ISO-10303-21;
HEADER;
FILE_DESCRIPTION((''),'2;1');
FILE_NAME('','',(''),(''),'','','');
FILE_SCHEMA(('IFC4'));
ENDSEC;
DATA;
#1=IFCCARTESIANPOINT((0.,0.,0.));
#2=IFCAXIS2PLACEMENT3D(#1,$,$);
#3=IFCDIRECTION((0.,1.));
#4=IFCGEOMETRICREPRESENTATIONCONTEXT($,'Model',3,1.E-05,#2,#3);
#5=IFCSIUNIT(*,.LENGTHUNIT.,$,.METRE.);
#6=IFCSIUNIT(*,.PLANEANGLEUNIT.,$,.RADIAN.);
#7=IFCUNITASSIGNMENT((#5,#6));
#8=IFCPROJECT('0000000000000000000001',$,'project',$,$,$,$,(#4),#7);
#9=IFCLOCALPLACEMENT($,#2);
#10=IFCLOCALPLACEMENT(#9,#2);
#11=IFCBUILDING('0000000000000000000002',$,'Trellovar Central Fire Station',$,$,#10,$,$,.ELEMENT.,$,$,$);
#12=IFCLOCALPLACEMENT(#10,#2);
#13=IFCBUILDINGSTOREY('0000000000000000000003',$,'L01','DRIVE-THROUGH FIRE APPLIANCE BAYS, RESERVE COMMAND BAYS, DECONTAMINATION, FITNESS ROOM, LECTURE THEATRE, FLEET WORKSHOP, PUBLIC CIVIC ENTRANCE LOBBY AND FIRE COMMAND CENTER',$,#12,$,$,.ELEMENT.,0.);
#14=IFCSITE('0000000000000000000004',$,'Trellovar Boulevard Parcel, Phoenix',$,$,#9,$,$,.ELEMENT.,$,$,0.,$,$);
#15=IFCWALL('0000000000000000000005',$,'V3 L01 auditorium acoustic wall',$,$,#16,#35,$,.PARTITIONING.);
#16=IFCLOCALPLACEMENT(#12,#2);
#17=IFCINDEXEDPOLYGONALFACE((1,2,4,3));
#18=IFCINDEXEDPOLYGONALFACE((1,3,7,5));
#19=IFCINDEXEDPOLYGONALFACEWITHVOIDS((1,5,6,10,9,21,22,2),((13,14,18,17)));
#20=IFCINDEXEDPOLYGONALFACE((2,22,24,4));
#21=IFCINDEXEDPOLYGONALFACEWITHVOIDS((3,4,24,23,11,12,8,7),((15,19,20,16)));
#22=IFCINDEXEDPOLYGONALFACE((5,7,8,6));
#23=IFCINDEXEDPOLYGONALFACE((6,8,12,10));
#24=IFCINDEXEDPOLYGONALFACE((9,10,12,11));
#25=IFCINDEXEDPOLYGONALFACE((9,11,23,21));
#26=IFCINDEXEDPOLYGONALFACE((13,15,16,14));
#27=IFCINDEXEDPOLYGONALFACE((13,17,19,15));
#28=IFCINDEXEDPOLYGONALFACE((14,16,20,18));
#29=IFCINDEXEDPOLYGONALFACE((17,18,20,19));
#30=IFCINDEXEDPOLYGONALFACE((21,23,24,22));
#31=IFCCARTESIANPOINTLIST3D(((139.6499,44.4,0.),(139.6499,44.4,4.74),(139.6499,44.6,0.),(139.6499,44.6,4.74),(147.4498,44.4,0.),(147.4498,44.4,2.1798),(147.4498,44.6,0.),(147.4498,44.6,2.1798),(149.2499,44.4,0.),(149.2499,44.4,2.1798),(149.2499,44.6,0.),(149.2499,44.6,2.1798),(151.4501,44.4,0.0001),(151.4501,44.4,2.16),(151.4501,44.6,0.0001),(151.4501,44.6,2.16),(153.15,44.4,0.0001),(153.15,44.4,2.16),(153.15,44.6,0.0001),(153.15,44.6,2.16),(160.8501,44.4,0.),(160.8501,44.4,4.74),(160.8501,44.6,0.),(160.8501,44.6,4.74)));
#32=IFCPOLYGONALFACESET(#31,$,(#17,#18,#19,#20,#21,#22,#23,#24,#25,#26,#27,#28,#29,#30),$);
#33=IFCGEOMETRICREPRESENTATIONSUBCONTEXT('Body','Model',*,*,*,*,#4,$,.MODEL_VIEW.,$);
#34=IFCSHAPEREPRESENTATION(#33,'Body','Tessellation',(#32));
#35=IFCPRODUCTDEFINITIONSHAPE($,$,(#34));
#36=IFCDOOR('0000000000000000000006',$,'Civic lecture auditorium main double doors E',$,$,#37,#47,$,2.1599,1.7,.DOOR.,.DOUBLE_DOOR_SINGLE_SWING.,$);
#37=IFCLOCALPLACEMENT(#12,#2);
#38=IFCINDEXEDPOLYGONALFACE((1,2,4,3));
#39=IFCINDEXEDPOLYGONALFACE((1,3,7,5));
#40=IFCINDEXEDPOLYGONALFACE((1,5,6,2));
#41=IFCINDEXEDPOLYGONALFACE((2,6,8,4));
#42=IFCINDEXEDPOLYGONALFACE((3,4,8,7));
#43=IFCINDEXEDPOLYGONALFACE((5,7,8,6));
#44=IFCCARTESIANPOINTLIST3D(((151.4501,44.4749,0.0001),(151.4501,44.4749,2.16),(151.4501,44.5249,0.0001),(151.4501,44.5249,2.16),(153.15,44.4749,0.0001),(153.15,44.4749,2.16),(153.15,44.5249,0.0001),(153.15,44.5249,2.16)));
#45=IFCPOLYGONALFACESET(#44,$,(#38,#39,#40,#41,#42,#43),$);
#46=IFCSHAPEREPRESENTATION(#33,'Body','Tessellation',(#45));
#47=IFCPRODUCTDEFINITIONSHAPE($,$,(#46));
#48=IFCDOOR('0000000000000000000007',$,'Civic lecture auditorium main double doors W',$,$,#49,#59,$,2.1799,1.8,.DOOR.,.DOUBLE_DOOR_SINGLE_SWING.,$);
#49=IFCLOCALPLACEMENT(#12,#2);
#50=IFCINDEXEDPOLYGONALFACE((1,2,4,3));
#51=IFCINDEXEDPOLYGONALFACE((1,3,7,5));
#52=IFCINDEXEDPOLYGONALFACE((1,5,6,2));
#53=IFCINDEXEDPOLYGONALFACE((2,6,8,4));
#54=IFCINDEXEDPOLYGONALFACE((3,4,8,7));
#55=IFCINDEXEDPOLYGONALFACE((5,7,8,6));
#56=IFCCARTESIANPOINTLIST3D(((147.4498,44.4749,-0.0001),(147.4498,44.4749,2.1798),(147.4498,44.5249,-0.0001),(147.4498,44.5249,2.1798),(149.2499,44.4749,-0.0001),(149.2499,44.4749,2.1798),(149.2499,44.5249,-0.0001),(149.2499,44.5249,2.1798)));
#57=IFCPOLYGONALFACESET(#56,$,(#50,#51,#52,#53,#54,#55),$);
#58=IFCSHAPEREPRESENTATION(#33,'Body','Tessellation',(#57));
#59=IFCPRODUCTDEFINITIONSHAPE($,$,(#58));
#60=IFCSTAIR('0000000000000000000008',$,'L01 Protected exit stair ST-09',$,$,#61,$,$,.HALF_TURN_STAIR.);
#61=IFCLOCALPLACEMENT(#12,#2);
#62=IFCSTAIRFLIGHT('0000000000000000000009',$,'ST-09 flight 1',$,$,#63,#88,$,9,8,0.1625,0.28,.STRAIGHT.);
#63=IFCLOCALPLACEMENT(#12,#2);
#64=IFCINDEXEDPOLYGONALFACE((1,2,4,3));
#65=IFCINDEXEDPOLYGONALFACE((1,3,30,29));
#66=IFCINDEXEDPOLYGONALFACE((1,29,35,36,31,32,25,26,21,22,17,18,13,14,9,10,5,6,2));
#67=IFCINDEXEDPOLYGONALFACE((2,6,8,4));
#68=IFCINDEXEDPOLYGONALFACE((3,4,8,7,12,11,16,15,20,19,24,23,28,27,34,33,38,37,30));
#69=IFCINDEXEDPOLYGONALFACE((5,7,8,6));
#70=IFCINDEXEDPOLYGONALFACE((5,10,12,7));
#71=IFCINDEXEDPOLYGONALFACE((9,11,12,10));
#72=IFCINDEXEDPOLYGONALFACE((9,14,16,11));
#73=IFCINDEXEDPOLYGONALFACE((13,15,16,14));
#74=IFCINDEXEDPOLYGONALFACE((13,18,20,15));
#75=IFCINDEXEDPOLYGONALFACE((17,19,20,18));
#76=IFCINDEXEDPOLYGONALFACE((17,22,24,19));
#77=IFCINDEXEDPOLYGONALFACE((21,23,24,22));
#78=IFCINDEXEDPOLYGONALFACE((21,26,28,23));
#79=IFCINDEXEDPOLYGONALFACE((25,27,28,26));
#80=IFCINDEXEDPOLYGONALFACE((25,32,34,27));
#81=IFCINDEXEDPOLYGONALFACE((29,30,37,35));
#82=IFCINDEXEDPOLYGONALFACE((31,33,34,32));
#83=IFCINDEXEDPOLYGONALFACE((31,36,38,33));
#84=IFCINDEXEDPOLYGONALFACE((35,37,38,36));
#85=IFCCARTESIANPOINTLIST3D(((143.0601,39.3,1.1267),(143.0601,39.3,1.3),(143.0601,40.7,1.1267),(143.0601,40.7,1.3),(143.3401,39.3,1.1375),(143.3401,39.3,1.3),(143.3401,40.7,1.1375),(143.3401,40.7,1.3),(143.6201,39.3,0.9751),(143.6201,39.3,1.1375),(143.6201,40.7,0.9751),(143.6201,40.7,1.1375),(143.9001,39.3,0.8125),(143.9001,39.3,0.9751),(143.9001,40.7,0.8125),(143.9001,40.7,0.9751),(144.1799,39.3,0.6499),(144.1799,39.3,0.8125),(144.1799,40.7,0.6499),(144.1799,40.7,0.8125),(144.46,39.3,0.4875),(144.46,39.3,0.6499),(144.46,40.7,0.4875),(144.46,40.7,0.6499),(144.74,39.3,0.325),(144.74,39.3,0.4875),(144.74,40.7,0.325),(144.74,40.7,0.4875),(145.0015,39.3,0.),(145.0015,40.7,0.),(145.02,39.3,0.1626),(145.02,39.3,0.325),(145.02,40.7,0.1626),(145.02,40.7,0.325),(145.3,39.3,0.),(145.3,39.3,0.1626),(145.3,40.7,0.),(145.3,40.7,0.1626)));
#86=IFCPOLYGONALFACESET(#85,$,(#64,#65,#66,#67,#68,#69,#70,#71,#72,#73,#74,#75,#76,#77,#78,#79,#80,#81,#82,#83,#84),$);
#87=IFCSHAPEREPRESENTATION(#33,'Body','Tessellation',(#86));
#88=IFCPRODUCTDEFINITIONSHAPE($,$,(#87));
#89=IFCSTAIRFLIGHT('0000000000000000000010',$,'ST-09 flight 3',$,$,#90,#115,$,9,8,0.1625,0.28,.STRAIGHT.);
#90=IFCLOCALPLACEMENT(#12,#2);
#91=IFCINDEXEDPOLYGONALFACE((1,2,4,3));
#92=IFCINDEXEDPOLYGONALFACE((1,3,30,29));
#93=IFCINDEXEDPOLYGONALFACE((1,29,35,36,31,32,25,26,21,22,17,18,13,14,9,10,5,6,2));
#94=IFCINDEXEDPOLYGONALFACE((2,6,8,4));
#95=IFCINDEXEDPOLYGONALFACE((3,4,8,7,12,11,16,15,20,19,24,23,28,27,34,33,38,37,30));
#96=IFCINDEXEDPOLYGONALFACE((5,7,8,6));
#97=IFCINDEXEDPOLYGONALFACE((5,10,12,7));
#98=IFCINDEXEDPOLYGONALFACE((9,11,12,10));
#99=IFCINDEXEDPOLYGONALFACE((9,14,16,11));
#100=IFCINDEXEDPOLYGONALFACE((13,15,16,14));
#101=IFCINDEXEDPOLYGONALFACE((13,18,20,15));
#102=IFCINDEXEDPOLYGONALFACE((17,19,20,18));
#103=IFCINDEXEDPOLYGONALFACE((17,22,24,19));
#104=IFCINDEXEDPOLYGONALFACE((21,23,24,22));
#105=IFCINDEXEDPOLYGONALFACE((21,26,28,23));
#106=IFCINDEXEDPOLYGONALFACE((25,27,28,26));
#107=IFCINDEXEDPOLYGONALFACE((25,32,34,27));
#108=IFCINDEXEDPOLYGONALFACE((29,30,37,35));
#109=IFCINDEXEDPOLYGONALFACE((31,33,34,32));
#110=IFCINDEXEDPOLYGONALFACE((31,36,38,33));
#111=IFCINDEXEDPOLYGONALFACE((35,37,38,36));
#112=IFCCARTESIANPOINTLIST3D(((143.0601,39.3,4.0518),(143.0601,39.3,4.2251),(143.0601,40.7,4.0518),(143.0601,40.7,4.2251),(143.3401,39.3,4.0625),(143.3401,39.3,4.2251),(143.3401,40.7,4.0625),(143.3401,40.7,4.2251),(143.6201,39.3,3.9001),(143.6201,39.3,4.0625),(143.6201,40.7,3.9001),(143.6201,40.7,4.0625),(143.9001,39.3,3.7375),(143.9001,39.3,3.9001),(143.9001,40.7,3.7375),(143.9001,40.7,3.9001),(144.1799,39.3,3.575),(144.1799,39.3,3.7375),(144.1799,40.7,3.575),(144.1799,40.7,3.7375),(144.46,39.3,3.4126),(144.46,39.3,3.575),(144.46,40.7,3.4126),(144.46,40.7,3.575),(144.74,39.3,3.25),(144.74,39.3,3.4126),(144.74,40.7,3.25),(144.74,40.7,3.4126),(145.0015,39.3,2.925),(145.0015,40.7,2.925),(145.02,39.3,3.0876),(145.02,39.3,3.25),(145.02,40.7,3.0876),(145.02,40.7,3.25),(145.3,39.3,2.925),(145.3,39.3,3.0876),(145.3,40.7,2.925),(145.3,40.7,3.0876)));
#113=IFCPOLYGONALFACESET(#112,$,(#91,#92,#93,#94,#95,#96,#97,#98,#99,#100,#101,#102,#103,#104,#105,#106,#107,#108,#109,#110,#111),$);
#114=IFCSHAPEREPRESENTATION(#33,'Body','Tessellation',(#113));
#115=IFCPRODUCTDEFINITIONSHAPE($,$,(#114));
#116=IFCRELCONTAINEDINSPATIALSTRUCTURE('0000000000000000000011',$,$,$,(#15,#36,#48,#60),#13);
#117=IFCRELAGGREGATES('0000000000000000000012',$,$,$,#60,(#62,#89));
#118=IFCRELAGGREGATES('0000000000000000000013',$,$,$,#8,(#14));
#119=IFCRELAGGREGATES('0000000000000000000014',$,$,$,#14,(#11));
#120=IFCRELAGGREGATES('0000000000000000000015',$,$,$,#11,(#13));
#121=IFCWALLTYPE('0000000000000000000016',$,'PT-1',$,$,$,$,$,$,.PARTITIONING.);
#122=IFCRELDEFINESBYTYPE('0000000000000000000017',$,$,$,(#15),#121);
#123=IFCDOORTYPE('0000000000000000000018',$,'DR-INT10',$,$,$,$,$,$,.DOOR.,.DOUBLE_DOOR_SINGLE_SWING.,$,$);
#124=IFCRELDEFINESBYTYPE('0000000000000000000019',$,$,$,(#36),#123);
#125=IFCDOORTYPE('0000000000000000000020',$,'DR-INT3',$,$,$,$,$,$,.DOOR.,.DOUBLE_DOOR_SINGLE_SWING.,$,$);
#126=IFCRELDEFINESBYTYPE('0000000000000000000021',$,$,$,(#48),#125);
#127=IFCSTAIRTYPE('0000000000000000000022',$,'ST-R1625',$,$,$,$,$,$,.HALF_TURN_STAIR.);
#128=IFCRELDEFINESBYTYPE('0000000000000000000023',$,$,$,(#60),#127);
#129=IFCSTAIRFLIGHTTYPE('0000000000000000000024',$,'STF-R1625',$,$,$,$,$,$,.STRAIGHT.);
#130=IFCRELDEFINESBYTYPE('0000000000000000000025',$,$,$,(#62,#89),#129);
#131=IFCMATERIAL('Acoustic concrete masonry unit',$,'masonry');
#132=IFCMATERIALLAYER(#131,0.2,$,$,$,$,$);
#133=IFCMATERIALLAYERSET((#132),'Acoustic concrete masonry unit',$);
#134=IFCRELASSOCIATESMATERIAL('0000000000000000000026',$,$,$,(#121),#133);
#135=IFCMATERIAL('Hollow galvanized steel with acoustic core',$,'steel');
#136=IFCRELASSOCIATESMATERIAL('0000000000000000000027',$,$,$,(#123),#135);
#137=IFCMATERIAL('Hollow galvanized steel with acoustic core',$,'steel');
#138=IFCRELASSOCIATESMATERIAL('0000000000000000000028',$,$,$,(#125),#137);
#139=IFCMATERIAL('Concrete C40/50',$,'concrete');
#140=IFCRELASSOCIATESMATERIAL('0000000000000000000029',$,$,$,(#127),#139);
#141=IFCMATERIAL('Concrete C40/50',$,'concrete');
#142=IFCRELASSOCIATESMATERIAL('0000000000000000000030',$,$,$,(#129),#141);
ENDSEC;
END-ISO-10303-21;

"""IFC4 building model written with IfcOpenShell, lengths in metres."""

from ifc_helpers import new_model, si_unit, direction, frame, frame_2d, origin, place, context, subcontext, project, spatial, polyline, rectangle, outline, extrude, material, layer, layer_set, type_object, element, fill, aggregate, save


model = new_model("IFC4")

# Units and contexts
model_context = context("Model", 3, precision=1e-05, world=origin(), true_north=direction((0.0, 1.0)))
body_context = subcontext(model_context, "Body", "Model", "MODEL_VIEW")
ifc_project = project(units=[si_unit("LENGTHUNIT", "METRE"), si_unit("PLANEANGLEUNIT", "RADIAN")], contexts=[model_context])

# Site, building, storey
site_placement = place(None, origin())
site = spatial("IfcSite", under=ifc_project, at=site_placement, Name="Trellovar Boulevard Parcel, Phoenix", CompositionType="ELEMENT", RefElevation=0.0)
building_placement = place(site_placement, origin())
building = spatial("IfcBuilding", under=site, at=building_placement, Name="Trellovar Central Fire Station", CompositionType="ELEMENT")
storey_placement = place(building_placement, origin())
storey = spatial("IfcBuildingStorey", under=building, at=storey_placement, Name="L01", Description="DRIVE-THROUGH FIRE APPLIANCE BAYS, RESERVE COMMAND BAYS, DECONTAMINATION, FITNESS ROOM, LECTURE THEATRE, FLEET WORKSHOP, PUBLIC CIVIC ENTRANCE LOBBY AND FIRE COMMAND CENTER", CompositionType="ELEMENT", Elevation=0.0)

# Wall, openings, doors
ifc_material_1 = material(Name="Acoustic concrete masonry unit", Category="masonry")
ifc_layer_1 = layer(ifc_material_1, 0.2)
ifc_layer_set_1 = layer_set([ifc_layer_1], Name="Acoustic concrete masonry unit")
wall_type_1 = type_object("IfcWallType", Name="PT-1", PredefinedType="PARTITIONING", material=ifc_layer_set_1)
wall_1_placement = place(storey_placement, frame((139.6499, 44.5, 0.0), z_axis=(0.0, 0.0, 1.0), x_axis=(1.0, 0.0, 0.0)))
wall_1 = element("IfcWall", 1, at=wall_1_placement, inside=storey, type_object=wall_type_1, Name="V3 L01 auditorium acoustic wall", PredefinedType="PARTITIONING", context=body_context, shape_type="SweptSolid", body=[
    extrude(rectangle(XDim=21.2002, YDim=0.2, at=frame_2d((10.6001, 0.0))), origin(), (0.0, 0.0, 1.0), 4.74),
])
opening_1_placement = place(wall_1_placement, frame((7.8, 0.0, 0.0)))
opening_1 = element("IfcOpeningElement", 2, at=opening_1_placement, cuts=wall_1, PredefinedType="OPENING", context=body_context, shape_type="SweptSolid", body=[
    extrude(rectangle(XDim=1.8, YDim=2.1799, at=frame_2d((0.8999, 1.0898))), frame((0.0, 0.1099, 0.0), z_axis=(0.0, -1.0, 0.0), x_axis=(1.0, 0.0, 0.0)), (0.0, 0.0, 1.0), 0.22),
])
opening_2_placement = place(wall_1_placement, frame((11.8, 0.0, 0.0)))
opening_2 = element("IfcOpeningElement", 3, at=opening_2_placement, cuts=wall_1, PredefinedType="OPENING", context=body_context, shape_type="SweptSolid", body=[
    extrude(rectangle(XDim=1.7, YDim=2.1599, at=frame_2d((0.8501, 1.0801))), frame((0.0, 0.1099, 0.0), z_axis=(0.0, -1.0, 0.0), x_axis=(1.0, 0.0, 0.0)), (0.0, 0.0, 1.0), 0.22),
])
ifc_material_2 = material(Name="Hollow galvanized steel with acoustic core", Category="steel")
door_type_1 = type_object("IfcDoorType", Name="DR-INT10", OperationType="DOUBLE_DOOR_SINGLE_SWING", PredefinedType="DOOR", material=ifc_material_2)
door_1_placement = place(opening_2_placement, origin())
door_1 = element("IfcDoor", 4, at=door_1_placement, inside=storey, type_object=door_type_1, Name="Civic lecture auditorium main double doors E", OperationType="DOUBLE_DOOR_SINGLE_SWING", OverallHeight=2.1599, OverallWidth=1.7, PredefinedType="DOOR", context=body_context, shape_type="SweptSolid", body=[
    extrude(rectangle(XDim=1.7, YDim=2.1599, at=frame_2d((0.8501, 1.0801))), frame((0.0, 0.0249, 0.0), z_axis=(0.0, -1.0, 0.0), x_axis=(1.0, 0.0, 0.0)), (0.0, 0.0, 1.0), 0.05),
])
fill(opening_2, door_1)
ifc_material_3 = material(Name="Hollow galvanized steel with acoustic core", Category="steel")
door_type_2 = type_object("IfcDoorType", Name="DR-INT3", OperationType="DOUBLE_DOOR_SINGLE_SWING", PredefinedType="DOOR", material=ifc_material_3)
door_2_placement = place(opening_1_placement, origin())
door_2 = element("IfcDoor", 5, at=door_2_placement, inside=storey, type_object=door_type_2, Name="Civic lecture auditorium main double doors W", OperationType="DOUBLE_DOOR_SINGLE_SWING", OverallHeight=2.1799, OverallWidth=1.8, PredefinedType="DOOR", context=body_context, shape_type="SweptSolid", body=[
    extrude(rectangle(XDim=1.8, YDim=2.1799, at=frame_2d((0.8999, 1.0898))), frame((0.0, 0.0249, 0.0), z_axis=(0.0, -1.0, 0.0), x_axis=(1.0, 0.0, 0.0)), (0.0, 0.0, 1.0), 0.05),
])
fill(opening_1, door_2)

# Stair, stair flights
ifc_material_4 = material(Name="Concrete C40/50", Category="concrete")
stair_type = type_object("IfcStairType", Name="ST-R1625", PredefinedType="HALF_TURN_STAIR", material=ifc_material_4)
stair_placement = place(storey_placement, origin())
stair = element("IfcStair", 6, at=stair_placement, inside=storey, type_object=stair_type, Name="L01 Protected exit stair ST-09", PredefinedType="HALF_TURN_STAIR")
ifc_material_5 = material(Name="Concrete C40/50", Category="concrete")
stair_flight_type = type_object("IfcStairFlightType", Name="STF-R1625", PredefinedType="STRAIGHT", material=ifc_material_5)
stair_flight_1_placement = place(storey_placement, frame((145.3, 40.0, 0.0), z_axis=(0.0, 0.0, 1.0), x_axis=(-1.0, 0.0, 0.0)))
stair_flight_1 = element("IfcStairFlight", 7, at=stair_flight_1_placement, type_object=stair_flight_type, Name="ST-09 flight 1", NumberOfRisers=9, NumberOfTreads=8, PredefinedType="STRAIGHT", RiserHeight=0.1625, TreadLength=0.28, context=body_context, shape_type="SweptSolid", body=[
    extrude(outline(polyline([(0.0, 0.0), (0.0, 0.1626), (0.28, 0.1626), (0.28, 0.325), (0.5601, 0.325), (0.5601, 0.4875), (0.8401, 0.4875), (0.8401, 0.6499), (1.1201, 0.6499), (1.1201, 0.8125), (1.3999, 0.8125), (1.3999, 0.9751), (1.6799, 0.9751), (1.6799, 1.1375), (1.96, 1.1375), (1.96, 1.3), (2.24, 1.3), (2.24, 1.4624), (2.24, 1.1267), (0.2986, 0.0), (0.0, 0.0)])), frame((0.0, 0.7, 0.0), z_axis=(0.0, -1.0, 0.0), x_axis=(1.0, 0.0, 0.0)), (0.0, 0.0, 1.0), 1.3999),
])
stair_flight_2_placement = place(storey_placement, frame((145.3, 40.0, 2.925), z_axis=(0.0, 0.0, 1.0), x_axis=(-1.0, 0.0, 0.0)))
stair_flight_2 = element("IfcStairFlight", 8, at=stair_flight_2_placement, type_object=stair_flight_type, Name="ST-09 flight 3", NumberOfRisers=9, NumberOfTreads=8, PredefinedType="STRAIGHT", RiserHeight=0.1625, TreadLength=0.28, context=body_context, shape_type="SweptSolid", body=[
    extrude(outline(polyline([(0.0, 0.0), (0.0, 0.1626), (0.28, 0.1626), (0.28, 0.325), (0.5601, 0.325), (0.5601, 0.4875), (0.8401, 0.4875), (0.8401, 0.6499), (1.1201, 0.6499), (1.1201, 0.8125), (1.3999, 0.8125), (1.3999, 0.9751), (1.6799, 0.9751), (1.6799, 1.1375), (1.96, 1.1375), (1.96, 1.3), (2.24, 1.3), (2.24, 1.4624), (2.24, 1.1267), (0.2986, 0.0), (0.0, 0.0)])), frame((0.0, 0.7, 0.0), z_axis=(0.0, -1.0, 0.0), x_axis=(1.0, 0.0, 0.0)), (0.0, 0.0, 1.0), 1.3999),
])
aggregate(stair, [stair_flight_1, stair_flight_2])

save(model, "model.ifc")
